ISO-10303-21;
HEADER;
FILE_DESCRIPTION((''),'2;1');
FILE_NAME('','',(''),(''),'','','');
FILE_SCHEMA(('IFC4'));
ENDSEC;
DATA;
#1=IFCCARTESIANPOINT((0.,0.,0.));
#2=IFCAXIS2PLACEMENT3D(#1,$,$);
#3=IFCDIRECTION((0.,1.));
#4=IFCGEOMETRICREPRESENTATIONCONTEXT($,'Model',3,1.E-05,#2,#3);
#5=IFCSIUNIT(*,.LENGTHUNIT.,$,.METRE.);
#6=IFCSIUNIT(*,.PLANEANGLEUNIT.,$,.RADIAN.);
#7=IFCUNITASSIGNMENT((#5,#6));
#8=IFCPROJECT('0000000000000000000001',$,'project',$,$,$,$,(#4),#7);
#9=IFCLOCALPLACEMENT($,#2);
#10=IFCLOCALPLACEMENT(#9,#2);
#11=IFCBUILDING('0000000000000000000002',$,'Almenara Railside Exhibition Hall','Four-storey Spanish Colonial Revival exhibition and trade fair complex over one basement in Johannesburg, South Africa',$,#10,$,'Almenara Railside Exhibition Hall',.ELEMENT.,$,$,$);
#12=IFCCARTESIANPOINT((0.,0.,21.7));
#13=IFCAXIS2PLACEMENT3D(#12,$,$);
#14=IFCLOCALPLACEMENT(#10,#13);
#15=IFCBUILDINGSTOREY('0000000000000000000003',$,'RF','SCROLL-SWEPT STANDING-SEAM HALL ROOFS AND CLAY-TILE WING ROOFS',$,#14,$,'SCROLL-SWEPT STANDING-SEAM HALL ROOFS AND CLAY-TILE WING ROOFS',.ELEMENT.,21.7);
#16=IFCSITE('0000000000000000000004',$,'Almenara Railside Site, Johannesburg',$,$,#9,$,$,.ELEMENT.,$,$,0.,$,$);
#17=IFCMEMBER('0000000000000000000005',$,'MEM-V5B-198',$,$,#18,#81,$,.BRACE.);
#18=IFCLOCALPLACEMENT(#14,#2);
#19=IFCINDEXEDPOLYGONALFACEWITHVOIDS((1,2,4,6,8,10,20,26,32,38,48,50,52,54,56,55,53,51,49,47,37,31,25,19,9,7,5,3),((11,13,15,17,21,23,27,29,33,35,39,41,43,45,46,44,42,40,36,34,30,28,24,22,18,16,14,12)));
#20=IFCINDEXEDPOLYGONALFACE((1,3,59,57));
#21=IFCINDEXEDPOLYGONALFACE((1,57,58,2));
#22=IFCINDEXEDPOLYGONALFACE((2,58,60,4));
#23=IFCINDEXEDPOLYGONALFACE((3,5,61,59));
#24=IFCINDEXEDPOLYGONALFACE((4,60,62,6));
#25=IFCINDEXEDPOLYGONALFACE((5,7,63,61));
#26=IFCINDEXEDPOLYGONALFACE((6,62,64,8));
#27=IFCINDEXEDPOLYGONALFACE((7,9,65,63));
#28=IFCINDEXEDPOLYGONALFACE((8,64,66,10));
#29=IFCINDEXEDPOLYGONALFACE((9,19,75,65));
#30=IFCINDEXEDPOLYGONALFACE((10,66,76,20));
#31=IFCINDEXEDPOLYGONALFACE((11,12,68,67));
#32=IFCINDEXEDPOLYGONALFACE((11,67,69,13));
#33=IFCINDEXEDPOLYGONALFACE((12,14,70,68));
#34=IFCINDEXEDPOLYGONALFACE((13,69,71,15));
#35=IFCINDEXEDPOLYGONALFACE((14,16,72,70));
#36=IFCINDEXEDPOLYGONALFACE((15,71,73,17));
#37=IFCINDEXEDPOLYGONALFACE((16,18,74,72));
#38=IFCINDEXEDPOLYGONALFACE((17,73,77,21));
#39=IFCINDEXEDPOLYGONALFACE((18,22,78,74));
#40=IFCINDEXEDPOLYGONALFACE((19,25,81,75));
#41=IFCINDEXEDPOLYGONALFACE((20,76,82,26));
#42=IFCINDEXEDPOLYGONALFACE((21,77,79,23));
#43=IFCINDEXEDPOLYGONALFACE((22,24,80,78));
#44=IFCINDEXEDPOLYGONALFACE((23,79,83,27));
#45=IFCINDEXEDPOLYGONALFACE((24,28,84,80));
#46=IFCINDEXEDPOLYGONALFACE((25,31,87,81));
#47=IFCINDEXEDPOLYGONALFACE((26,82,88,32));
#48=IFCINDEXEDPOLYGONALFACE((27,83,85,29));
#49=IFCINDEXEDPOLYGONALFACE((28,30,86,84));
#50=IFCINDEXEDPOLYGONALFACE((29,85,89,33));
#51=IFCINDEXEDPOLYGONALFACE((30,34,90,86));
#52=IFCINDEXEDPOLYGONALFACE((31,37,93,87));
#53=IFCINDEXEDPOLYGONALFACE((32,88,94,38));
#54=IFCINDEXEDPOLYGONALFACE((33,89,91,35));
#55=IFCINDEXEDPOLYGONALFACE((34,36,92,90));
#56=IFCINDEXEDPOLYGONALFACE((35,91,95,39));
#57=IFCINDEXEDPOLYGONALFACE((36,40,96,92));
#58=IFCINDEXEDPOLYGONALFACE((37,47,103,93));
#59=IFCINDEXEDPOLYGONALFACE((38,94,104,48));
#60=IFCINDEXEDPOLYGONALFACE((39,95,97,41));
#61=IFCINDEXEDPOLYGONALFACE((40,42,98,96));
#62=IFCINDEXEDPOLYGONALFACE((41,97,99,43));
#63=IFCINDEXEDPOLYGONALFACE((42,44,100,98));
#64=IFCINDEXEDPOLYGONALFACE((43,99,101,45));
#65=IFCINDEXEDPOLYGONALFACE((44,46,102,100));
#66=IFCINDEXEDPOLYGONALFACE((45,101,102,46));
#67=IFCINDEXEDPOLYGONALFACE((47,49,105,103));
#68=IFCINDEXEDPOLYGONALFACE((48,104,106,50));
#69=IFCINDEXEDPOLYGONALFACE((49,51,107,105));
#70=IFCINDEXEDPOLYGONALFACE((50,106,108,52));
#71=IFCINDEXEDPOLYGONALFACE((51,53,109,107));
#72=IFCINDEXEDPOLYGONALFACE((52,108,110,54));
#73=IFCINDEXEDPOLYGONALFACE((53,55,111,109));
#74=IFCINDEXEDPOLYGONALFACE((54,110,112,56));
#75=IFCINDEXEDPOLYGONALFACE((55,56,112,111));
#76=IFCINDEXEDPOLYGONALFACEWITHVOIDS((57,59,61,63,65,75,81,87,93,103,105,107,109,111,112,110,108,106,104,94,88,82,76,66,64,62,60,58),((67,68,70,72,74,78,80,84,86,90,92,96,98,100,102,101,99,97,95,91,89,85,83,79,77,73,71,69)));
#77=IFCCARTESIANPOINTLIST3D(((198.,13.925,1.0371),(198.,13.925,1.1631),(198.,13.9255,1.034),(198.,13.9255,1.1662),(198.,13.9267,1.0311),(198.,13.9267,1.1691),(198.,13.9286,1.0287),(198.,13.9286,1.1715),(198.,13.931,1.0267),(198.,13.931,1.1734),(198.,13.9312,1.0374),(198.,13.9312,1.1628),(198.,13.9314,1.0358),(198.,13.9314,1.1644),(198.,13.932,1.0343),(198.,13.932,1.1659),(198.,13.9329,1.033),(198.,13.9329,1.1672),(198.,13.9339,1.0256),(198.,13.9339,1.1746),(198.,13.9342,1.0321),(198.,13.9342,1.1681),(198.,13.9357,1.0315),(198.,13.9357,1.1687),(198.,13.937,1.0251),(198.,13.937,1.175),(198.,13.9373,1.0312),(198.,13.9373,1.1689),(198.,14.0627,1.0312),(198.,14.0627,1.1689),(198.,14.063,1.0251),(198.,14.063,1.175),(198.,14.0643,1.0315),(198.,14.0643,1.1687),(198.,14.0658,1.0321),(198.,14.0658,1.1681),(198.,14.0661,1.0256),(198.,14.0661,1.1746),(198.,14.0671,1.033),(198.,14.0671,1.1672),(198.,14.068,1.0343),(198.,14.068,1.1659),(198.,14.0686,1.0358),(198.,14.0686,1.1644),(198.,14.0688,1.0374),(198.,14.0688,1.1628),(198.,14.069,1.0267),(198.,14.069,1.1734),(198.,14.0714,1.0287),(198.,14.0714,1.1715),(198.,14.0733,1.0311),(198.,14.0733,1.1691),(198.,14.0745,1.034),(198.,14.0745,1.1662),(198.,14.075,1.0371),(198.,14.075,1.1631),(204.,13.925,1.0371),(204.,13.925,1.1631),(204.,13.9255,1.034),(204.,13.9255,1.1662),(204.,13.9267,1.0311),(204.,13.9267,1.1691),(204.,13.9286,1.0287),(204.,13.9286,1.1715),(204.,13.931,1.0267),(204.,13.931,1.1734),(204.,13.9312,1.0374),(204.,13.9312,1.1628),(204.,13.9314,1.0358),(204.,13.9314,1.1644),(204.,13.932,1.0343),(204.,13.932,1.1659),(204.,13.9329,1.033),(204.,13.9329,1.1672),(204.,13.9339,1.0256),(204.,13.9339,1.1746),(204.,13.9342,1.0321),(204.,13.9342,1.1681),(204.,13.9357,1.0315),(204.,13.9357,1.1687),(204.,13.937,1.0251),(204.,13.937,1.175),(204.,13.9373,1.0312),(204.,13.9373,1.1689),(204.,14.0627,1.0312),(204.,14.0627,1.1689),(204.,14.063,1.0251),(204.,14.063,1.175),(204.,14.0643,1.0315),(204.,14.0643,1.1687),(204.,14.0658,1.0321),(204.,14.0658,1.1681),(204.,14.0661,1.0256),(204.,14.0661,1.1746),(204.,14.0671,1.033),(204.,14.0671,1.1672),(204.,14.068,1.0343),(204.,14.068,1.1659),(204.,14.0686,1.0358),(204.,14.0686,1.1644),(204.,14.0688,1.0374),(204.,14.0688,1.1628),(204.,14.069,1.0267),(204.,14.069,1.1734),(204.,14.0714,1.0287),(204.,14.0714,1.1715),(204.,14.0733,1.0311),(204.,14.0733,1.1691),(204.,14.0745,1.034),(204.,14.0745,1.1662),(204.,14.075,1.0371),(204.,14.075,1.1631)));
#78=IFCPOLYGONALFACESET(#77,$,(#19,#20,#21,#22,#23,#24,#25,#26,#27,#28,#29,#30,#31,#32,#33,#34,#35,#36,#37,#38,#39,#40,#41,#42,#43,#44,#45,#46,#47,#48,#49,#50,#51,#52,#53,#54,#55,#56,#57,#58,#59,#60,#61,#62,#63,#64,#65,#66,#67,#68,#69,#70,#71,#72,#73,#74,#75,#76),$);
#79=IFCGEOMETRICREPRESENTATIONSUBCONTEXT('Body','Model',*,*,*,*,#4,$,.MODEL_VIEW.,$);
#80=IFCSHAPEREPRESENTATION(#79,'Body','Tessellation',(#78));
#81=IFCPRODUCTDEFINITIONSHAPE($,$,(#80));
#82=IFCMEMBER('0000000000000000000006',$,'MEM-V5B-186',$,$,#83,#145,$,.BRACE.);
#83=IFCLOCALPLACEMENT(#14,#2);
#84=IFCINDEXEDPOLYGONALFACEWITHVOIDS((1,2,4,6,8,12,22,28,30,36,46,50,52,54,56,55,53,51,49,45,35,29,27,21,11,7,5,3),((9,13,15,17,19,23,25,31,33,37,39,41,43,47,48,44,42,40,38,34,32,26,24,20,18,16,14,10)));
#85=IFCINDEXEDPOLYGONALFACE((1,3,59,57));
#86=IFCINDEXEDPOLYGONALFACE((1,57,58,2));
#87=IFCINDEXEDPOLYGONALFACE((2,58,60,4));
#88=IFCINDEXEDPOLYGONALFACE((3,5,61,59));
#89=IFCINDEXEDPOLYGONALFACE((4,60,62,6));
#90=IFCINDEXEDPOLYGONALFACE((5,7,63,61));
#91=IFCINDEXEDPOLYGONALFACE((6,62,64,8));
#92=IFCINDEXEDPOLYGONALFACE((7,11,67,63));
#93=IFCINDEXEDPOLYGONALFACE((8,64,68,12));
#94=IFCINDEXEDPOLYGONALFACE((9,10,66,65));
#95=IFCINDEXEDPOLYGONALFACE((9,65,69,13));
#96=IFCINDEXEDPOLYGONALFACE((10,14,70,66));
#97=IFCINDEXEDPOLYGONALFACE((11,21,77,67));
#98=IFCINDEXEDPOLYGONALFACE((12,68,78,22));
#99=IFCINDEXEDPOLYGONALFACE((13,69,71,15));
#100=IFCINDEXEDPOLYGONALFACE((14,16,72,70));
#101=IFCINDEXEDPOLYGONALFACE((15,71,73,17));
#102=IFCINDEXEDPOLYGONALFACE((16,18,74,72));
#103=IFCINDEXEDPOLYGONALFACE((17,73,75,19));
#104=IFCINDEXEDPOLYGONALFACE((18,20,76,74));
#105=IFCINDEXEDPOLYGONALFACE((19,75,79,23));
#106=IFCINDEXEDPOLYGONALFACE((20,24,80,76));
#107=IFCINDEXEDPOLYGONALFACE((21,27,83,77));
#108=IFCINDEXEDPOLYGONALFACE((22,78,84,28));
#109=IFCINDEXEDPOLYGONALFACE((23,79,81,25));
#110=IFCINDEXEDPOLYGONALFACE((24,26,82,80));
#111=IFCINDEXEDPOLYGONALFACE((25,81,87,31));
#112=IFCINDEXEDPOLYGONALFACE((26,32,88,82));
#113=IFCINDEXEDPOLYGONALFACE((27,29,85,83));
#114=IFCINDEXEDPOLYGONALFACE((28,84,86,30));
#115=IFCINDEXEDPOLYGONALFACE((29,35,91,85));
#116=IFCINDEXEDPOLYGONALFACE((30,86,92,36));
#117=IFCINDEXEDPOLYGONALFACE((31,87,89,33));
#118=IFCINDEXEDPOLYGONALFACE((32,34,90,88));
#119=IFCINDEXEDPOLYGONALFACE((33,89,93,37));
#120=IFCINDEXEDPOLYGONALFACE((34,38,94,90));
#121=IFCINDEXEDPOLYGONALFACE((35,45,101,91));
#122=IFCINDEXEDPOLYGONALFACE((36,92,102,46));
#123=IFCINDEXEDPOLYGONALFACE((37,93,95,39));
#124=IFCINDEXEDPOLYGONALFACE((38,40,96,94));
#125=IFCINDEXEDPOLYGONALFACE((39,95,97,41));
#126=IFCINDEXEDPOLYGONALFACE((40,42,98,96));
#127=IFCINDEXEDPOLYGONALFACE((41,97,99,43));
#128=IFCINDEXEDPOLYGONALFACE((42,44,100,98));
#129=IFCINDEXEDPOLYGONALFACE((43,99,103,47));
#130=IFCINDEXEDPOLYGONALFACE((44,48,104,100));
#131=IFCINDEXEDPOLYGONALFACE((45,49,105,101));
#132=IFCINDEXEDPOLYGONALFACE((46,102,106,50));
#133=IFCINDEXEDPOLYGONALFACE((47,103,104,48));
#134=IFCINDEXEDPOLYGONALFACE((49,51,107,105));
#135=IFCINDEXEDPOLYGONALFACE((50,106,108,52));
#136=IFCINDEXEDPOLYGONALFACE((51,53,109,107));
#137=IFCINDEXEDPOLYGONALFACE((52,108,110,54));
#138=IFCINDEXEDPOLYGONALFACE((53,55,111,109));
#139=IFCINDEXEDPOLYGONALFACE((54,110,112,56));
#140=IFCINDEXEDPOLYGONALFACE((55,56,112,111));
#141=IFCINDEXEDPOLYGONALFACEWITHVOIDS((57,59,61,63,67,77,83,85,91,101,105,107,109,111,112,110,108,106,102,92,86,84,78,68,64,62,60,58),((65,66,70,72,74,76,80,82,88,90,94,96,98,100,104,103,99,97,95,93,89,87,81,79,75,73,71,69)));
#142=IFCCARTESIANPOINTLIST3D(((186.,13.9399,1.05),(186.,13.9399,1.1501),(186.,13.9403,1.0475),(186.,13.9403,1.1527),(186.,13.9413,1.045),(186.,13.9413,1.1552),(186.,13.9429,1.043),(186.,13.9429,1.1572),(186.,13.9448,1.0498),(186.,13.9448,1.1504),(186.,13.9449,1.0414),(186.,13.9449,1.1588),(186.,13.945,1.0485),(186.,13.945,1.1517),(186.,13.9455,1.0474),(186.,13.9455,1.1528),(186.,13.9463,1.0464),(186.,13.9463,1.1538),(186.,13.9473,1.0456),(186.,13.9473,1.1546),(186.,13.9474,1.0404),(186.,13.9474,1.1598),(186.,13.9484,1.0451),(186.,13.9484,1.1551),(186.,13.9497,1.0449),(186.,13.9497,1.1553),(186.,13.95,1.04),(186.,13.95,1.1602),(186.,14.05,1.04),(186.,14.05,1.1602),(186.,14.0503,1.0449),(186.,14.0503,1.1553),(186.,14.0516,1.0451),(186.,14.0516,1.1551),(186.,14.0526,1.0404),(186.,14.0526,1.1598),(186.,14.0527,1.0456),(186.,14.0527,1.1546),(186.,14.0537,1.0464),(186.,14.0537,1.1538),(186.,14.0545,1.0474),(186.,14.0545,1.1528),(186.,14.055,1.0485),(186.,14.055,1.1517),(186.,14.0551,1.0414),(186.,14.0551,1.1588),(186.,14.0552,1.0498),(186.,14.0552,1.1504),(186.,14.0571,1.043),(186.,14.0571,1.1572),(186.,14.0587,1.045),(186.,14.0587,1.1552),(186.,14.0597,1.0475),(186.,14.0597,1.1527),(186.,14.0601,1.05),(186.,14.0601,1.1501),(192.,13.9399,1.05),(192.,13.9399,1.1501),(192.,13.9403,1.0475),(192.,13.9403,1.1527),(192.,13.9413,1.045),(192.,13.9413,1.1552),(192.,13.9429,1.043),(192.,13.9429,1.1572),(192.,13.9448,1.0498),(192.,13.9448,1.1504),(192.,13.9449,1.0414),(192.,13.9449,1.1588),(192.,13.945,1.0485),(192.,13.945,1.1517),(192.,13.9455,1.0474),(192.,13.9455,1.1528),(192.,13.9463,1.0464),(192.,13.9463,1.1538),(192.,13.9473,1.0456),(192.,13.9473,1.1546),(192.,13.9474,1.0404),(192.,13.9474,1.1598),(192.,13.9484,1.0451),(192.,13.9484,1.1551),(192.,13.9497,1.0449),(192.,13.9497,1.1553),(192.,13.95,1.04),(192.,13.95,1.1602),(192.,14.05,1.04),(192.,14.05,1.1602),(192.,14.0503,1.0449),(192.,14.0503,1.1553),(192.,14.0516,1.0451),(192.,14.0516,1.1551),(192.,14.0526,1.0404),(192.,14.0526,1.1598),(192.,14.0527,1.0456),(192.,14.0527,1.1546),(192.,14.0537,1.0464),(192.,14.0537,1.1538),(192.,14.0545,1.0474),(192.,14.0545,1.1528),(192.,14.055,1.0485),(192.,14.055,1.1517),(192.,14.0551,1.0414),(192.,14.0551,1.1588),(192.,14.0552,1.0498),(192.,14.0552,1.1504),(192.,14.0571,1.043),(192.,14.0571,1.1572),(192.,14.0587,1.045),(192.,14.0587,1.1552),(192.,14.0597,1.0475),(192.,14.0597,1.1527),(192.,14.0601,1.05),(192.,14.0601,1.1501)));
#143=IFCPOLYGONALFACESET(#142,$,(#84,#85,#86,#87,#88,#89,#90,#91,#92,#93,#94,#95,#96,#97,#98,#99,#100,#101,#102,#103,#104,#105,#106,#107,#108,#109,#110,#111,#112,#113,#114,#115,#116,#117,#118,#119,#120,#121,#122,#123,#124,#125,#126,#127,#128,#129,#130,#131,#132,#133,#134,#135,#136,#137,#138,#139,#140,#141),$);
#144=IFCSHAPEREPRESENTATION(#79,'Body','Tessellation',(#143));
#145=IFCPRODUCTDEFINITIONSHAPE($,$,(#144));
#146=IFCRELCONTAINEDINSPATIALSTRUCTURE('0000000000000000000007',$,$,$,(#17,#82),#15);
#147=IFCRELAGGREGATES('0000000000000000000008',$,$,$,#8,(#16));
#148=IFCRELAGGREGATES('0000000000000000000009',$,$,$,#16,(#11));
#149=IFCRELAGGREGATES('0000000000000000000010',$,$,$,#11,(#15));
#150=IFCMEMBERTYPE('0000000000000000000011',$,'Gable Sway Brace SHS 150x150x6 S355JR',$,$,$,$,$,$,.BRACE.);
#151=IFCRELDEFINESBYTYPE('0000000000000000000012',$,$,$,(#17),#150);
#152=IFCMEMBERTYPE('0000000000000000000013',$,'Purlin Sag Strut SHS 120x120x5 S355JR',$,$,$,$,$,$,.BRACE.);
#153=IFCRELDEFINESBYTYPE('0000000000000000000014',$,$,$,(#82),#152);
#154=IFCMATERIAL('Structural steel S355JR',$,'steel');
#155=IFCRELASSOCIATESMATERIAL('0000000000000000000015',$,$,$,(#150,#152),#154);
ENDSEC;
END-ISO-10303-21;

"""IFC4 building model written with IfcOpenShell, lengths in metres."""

from ifc_helpers import new_model, si_unit, direction, frame, origin, origin_2d, place, context, subcontext, project, spatial, hollow_rectangle, extrude, material, material_profile, profile_set, type_object, element, save


model = new_model("IFC4")

# Units and contexts
model_context = context("Model", 3, precision=1e-05, world=origin(), true_north=direction((0.0, 1.0)))
body_context = subcontext(model_context, "Body", "Model", "MODEL_VIEW")
ifc_project = project(units=[si_unit("LENGTHUNIT", "METRE"), si_unit("PLANEANGLEUNIT", "RADIAN")], contexts=[model_context])

# Site, building, storey
site_placement = place(None, origin())
site = spatial("IfcSite", under=ifc_project, at=site_placement, Name="Almenara Railside Site, Johannesburg", CompositionType="ELEMENT", RefElevation=0.0)
building_placement = place(site_placement, origin())
building = spatial("IfcBuilding", under=site, at=building_placement, Name="Almenara Railside Exhibition Hall", Description="Four-storey Spanish Colonial Revival exhibition and trade fair complex over one basement in Johannesburg, South Africa", LongName="Almenara Railside Exhibition Hall", CompositionType="ELEMENT")
storey_placement = place(building_placement, frame((0.0, 0.0, 21.7)))
storey = spatial("IfcBuildingStorey", under=building, at=storey_placement, Name="RF", Description="SCROLL-SWEPT STANDING-SEAM HALL ROOFS AND CLAY-TILE WING ROOFS", LongName="SCROLL-SWEPT STANDING-SEAM HALL ROOFS AND CLAY-TILE WING ROOFS", CompositionType="ELEMENT", Elevation=21.7)

# Shared definitions
ifc_material_1 = material(Name="Structural steel S355JR", Category="steel")

# Members
ifc_material_profile_1 = material_profile(ifc_material_1, hollow_rectangle(XDim=0.1499, YDim=0.1499, WallThickness=0.0061, InnerFilletRadius=0.0061, OuterFilletRadius=0.012, at=origin_2d()), Name="SHS 150x150x6")
ifc_profile_set_1 = profile_set([ifc_material_profile_1], Name="Structural steel S355JR")
member_type_1 = type_object("IfcMemberType", Name="Gable Sway Brace SHS 150x150x6 S355JR", PredefinedType="BRACE", material=ifc_profile_set_1)
for number, where, z_axis, x_axis, name in (
    (1, (198.0, 14.0, 1.1001), (1.0, 0.0, 0.0), (0.0, 1.0, 0.0), "MEM-V5B-198"),
):
    element("IfcMember", number, at=place(storey_placement, frame(where, z_axis=z_axis, x_axis=x_axis)), inside=storey, type_object=member_type_1, Name=name, PredefinedType="BRACE", context=body_context, shape_type="SweptSolid", body=[
        extrude(hollow_rectangle(XDim=0.1499, YDim=0.1499, WallThickness=0.0061, InnerFilletRadius=0.0061, OuterFilletRadius=0.012, at=origin_2d()), origin(), (0.0, 0.0, 1.0), 6.0),
    ])
ifc_material_profile_2 = material_profile(ifc_material_1, hollow_rectangle(XDim=0.1201, YDim=0.1201, WallThickness=0.0049, InnerFilletRadius=0.0049, OuterFilletRadius=0.01, at=origin_2d()), Name="SHS 120x120x5")
ifc_profile_set_2 = profile_set([ifc_material_profile_2], Name="Structural steel S355JR")
member_type_2 = type_object("IfcMemberType", Name="Purlin Sag Strut SHS 120x120x5 S355JR", PredefinedType="BRACE", material=ifc_profile_set_2)
member_1_placement = place(storey_placement, frame((186.0, 14.0, 1.1001), z_axis=(1.0, 0.0, 0.0), x_axis=(0.0, 1.0, 0.0)))
element("IfcMember", 2, at=member_1_placement, inside=storey, type_object=member_type_2, Name="MEM-V5B-186", PredefinedType="BRACE", context=body_context, shape_type="SweptSolid", body=[
    extrude(hollow_rectangle(XDim=0.1201, YDim=0.1201, WallThickness=0.0049, InnerFilletRadius=0.0049, OuterFilletRadius=0.01, at=origin_2d()), origin(), (0.0, 0.0, 1.0), 6.0),
])

save(model, "model.ifc")
